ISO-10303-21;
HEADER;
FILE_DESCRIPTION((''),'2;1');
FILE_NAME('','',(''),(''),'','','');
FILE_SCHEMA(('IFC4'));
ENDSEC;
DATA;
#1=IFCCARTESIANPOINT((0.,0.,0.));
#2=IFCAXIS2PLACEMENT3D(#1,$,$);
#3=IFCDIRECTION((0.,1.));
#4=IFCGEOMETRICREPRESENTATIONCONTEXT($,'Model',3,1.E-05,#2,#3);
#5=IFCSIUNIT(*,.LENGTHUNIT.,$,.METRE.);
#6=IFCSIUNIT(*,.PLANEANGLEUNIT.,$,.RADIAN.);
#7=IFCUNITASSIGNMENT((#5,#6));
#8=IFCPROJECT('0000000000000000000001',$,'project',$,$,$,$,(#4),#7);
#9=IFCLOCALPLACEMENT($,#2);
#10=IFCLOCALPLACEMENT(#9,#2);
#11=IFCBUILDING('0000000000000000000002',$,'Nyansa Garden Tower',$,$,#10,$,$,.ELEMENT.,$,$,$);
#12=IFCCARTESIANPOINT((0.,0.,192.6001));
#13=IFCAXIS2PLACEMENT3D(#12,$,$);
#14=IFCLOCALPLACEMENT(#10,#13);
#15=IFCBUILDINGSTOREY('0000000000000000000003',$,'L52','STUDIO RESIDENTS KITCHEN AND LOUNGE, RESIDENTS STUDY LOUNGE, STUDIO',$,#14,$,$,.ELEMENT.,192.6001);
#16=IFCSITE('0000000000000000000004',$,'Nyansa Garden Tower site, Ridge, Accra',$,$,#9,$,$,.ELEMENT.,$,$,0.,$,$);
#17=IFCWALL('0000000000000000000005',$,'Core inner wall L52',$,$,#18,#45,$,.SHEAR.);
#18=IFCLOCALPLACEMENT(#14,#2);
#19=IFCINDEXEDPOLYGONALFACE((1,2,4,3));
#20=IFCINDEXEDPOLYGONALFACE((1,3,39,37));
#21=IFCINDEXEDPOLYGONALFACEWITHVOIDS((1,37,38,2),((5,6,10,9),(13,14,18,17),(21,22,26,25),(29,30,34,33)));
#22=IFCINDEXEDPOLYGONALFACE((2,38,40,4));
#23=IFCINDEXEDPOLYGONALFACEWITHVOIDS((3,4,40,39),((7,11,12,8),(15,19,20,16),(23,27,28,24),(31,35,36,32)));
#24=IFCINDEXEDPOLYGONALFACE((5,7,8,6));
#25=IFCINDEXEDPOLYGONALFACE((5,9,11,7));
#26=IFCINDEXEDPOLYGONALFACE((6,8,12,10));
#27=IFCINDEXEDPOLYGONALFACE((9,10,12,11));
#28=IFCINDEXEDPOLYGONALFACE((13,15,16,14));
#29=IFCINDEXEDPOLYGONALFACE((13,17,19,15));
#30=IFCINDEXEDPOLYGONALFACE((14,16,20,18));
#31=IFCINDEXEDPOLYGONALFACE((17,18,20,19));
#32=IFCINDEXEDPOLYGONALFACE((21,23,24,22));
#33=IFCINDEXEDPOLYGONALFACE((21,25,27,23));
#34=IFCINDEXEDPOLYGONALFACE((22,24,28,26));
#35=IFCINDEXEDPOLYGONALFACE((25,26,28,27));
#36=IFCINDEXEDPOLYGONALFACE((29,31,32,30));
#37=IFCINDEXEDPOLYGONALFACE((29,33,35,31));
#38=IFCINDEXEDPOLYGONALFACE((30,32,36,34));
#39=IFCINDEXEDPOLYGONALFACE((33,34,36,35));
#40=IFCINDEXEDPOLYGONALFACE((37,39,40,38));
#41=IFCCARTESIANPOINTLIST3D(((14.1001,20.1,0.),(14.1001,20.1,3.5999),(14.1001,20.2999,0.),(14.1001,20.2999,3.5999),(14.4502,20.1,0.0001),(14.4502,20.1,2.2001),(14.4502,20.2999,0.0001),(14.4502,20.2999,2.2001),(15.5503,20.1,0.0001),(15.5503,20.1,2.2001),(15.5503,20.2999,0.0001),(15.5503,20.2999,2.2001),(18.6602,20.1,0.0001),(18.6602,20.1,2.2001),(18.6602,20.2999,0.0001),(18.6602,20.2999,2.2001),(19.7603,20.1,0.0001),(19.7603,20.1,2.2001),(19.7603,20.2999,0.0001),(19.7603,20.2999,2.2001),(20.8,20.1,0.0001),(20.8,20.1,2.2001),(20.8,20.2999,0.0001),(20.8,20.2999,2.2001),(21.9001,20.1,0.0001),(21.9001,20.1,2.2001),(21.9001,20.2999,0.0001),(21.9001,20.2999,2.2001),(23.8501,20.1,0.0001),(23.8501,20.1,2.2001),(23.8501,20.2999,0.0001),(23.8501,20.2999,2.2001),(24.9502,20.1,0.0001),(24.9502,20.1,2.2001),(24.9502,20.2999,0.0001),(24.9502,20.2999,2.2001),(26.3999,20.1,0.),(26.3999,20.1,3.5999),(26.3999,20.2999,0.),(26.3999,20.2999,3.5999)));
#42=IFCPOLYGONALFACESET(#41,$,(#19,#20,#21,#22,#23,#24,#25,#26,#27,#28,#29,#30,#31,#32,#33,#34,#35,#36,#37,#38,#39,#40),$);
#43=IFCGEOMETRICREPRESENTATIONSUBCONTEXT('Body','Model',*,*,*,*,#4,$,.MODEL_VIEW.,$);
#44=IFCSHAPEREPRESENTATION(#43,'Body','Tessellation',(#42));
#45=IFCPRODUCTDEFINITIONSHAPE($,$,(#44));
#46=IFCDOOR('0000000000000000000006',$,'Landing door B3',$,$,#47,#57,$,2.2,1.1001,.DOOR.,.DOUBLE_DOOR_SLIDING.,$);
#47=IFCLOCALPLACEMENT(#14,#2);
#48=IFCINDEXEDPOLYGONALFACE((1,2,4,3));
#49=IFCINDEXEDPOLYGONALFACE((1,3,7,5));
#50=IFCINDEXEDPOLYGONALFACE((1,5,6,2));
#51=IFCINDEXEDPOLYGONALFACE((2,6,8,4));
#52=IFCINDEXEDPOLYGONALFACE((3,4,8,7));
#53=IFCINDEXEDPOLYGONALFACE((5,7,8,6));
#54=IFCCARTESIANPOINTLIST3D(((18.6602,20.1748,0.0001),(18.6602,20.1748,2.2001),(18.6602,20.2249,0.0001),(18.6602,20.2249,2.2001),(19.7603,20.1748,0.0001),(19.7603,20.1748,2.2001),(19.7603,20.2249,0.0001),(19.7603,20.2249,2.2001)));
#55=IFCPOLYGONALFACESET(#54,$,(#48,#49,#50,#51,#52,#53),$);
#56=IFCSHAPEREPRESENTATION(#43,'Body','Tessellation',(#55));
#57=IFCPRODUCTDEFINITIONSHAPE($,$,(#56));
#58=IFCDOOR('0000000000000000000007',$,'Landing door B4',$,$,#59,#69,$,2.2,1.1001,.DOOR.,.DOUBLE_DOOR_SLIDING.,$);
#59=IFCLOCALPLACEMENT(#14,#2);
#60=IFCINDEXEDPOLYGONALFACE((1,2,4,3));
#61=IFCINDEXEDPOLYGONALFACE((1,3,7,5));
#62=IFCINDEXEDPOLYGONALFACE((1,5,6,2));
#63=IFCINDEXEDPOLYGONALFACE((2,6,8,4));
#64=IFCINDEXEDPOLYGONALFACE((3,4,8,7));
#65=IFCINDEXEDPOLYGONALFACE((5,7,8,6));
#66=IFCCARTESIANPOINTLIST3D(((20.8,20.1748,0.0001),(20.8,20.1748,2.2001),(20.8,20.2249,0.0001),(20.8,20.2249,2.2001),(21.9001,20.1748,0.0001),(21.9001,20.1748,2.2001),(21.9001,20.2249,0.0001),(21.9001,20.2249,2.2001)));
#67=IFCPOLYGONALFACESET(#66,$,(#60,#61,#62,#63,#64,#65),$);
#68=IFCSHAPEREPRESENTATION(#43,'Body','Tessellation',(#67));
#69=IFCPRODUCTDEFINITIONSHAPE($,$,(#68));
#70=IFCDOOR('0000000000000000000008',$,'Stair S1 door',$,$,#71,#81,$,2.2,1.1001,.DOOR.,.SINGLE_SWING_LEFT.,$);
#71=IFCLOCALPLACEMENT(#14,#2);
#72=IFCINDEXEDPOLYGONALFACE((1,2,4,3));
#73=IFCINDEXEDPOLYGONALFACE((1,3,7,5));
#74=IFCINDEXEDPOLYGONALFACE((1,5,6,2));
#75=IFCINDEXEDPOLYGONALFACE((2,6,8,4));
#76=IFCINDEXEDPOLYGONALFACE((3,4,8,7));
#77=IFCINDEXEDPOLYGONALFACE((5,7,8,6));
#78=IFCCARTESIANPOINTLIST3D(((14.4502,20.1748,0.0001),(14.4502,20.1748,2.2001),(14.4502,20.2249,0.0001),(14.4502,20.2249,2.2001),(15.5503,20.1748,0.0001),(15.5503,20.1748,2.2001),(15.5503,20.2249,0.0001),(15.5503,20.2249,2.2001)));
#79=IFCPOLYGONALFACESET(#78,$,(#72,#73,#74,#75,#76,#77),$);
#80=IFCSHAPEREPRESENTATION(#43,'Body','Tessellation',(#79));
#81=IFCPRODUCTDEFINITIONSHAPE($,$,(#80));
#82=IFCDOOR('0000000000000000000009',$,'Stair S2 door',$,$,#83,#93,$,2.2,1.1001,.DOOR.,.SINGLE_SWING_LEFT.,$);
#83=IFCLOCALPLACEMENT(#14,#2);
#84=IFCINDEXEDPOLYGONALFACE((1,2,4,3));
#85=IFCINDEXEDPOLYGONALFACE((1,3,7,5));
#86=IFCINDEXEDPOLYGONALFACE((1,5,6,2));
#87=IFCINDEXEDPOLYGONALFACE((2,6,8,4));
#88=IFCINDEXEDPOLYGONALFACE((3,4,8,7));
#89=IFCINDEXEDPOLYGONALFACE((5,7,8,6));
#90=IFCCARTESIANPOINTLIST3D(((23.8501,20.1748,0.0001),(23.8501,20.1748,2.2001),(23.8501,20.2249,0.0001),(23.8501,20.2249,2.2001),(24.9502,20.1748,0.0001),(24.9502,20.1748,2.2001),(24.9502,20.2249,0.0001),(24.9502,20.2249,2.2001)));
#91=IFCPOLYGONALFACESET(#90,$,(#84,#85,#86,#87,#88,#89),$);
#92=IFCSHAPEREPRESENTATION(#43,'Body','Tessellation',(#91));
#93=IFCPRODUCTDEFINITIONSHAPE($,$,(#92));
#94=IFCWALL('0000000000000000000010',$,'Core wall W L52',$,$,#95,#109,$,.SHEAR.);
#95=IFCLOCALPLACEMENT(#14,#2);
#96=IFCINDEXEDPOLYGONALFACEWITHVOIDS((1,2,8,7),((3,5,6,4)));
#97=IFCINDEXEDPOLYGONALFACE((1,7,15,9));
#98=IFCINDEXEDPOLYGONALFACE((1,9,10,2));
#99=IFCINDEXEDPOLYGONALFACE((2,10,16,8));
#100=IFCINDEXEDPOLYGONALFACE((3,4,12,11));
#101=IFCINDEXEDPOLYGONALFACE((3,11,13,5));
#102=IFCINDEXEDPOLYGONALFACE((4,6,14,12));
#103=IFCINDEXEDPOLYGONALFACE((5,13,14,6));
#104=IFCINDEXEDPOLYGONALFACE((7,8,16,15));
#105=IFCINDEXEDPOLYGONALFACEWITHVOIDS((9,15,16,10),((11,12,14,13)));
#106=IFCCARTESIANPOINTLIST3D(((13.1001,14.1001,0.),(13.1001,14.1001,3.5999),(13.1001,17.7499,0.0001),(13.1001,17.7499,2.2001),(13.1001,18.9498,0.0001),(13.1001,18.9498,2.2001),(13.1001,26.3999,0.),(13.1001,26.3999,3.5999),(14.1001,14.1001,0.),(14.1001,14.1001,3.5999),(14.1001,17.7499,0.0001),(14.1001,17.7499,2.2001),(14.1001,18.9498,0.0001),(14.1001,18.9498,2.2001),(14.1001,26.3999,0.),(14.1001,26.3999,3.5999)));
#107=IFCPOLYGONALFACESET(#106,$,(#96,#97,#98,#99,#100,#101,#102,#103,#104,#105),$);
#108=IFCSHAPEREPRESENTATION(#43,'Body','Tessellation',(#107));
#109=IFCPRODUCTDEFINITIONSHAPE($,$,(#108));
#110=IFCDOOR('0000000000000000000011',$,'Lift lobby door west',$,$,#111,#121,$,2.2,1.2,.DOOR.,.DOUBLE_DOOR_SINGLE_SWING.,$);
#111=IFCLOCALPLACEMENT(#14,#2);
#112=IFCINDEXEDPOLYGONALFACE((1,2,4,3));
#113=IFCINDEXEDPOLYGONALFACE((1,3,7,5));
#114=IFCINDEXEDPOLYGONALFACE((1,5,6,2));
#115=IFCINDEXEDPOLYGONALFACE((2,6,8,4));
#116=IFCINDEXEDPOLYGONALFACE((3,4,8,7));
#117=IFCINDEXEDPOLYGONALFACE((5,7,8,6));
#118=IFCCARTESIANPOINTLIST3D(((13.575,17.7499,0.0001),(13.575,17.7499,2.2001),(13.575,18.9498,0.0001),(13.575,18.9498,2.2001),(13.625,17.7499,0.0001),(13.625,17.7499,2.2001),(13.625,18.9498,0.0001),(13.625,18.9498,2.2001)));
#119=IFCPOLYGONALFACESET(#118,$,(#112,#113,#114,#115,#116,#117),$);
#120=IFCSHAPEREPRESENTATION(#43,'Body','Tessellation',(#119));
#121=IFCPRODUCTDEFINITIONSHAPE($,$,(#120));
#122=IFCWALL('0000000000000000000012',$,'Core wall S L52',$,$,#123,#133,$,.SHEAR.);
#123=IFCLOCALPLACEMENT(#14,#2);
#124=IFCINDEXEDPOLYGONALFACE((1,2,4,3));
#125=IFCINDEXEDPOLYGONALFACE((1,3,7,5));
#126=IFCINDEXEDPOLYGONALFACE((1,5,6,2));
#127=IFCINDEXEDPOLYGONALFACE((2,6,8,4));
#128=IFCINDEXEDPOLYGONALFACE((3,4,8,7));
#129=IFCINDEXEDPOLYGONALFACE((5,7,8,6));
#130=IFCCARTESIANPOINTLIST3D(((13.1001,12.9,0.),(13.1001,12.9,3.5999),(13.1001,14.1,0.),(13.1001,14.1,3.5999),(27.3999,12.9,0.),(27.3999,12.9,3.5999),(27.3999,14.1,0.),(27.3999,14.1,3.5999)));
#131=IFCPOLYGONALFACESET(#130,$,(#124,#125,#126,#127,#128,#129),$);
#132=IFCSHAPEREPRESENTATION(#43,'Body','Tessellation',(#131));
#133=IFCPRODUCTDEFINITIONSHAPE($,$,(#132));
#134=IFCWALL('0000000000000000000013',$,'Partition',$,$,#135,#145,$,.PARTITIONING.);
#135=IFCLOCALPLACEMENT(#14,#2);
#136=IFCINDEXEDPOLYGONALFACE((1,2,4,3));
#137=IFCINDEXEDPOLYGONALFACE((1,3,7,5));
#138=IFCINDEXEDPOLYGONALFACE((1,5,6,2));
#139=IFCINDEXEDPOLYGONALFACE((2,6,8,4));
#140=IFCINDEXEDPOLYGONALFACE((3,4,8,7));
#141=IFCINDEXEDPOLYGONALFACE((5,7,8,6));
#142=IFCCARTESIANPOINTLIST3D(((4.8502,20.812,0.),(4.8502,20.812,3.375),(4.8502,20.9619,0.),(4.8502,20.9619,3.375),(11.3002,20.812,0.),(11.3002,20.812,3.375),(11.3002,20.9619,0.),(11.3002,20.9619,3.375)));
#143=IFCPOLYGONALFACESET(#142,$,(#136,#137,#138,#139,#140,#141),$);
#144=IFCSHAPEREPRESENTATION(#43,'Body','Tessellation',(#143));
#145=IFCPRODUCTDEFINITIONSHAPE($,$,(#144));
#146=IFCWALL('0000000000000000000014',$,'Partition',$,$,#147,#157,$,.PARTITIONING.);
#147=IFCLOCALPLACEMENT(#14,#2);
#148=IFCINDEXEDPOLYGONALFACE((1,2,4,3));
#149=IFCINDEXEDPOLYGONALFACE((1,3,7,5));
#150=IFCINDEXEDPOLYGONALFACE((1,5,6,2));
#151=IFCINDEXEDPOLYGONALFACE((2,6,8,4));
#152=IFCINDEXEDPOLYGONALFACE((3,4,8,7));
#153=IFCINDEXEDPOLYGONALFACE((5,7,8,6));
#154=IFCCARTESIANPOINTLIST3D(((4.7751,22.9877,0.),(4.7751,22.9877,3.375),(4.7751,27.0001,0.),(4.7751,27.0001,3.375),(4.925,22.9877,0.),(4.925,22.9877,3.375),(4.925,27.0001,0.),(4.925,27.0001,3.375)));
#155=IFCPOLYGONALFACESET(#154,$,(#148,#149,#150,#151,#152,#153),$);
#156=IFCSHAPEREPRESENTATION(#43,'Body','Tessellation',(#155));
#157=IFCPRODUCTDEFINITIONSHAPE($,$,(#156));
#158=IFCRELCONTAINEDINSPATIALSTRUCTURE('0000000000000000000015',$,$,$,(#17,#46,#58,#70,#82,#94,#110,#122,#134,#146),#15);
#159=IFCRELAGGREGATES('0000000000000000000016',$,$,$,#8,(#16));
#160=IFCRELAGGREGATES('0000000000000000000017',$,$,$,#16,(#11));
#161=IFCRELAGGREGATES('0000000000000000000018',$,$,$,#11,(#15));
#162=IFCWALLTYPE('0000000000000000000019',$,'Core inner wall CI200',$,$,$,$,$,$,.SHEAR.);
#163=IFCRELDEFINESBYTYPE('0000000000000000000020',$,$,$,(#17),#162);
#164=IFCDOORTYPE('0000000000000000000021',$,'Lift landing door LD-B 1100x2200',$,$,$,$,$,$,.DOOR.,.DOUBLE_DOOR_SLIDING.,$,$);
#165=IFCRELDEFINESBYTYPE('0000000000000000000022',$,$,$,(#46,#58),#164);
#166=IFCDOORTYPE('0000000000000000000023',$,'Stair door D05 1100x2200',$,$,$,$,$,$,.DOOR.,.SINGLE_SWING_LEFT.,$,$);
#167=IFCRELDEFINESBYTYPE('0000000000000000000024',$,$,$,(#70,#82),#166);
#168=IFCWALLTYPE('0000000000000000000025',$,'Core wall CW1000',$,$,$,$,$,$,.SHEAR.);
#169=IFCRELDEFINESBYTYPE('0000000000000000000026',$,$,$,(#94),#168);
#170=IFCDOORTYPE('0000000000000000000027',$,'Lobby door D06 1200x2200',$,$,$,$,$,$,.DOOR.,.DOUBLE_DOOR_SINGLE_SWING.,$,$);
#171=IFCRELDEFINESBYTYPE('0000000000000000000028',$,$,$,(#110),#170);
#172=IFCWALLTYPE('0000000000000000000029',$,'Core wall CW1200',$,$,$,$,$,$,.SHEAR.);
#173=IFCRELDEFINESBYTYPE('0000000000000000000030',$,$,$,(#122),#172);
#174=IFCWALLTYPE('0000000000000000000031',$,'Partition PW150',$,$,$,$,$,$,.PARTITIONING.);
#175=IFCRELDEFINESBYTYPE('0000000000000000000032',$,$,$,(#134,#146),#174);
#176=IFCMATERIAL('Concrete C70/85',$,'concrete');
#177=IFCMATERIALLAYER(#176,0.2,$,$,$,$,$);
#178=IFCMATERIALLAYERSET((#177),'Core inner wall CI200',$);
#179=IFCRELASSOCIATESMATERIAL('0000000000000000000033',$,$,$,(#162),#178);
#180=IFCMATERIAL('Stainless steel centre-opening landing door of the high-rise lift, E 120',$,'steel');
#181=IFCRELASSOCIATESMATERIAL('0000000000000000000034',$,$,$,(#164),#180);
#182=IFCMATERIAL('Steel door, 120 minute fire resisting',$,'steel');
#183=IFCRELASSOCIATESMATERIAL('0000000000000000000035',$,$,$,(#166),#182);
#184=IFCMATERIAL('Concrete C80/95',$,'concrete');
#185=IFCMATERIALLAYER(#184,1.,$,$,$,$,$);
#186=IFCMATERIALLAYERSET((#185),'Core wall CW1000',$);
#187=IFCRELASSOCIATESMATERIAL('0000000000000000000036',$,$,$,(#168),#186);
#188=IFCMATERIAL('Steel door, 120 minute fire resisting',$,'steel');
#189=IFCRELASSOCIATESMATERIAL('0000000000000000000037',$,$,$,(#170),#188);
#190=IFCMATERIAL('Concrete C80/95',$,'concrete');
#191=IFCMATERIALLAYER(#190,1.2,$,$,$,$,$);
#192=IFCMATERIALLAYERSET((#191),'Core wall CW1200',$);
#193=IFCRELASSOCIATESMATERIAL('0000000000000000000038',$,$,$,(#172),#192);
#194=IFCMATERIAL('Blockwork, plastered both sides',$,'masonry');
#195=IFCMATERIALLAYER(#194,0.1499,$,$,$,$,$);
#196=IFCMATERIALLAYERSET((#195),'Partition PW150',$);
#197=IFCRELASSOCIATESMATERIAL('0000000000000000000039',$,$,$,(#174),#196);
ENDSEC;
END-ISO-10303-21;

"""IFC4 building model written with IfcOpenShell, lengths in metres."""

from ifc_helpers import new_model, si_unit, direction, frame, frame_2d, origin, place, context, subcontext, project, spatial, rectangle, extrude, material, layer, layer_set, type_object, element, fill, save


model = new_model("IFC4")

# Units and contexts
model_context = context("Model", 3, precision=1e-05, world=origin(), true_north=direction((0.0, 1.0)))
body_context = subcontext(model_context, "Body", "Model", "MODEL_VIEW")
ifc_project = project(units=[si_unit("LENGTHUNIT", "METRE"), si_unit("PLANEANGLEUNIT", "RADIAN")], contexts=[model_context])

# Site, building, storey
site_placement = place(None, origin())
site = spatial("IfcSite", under=ifc_project, at=site_placement, Name="Nyansa Garden Tower site, Ridge, Accra", CompositionType="ELEMENT", RefElevation=0.0)
building_placement = place(site_placement, origin())
building = spatial("IfcBuilding", under=site, at=building_placement, Name="Nyansa Garden Tower", CompositionType="ELEMENT")
storey_placement = place(building_placement, frame((0.0, 0.0, 192.6001)))
storey = spatial("IfcBuildingStorey", under=building, at=storey_placement, Name="L52", Description="STUDIO RESIDENTS KITCHEN AND LOUNGE, RESIDENTS STUDY LOUNGE, STUDIO", CompositionType="ELEMENT", Elevation=192.6001)

# Wall, openings, doors
ifc_material_1 = material(Name="Concrete C70/85", Category="concrete")
ifc_layer_1 = layer(ifc_material_1, 0.2)
ifc_layer_set_1 = layer_set([ifc_layer_1], Name="Core inner wall CI200")
wall_type_1 = type_object("IfcWallType", Name="Core inner wall CI200", PredefinedType="SHEAR", material=ifc_layer_set_1)
ifc_material_2 = material(Name="Stainless steel centre-opening landing door of the high-rise lift, E 120", Category="steel")
door_type_1 = type_object("IfcDoorType", Name="Lift landing door LD-B 1100x2200", OperationType="DOUBLE_DOOR_SLIDING", PredefinedType="DOOR", material=ifc_material_2)
wall_1_placement = place(storey_placement, frame((14.1001, 20.2, 0.0), z_axis=(0.0, 0.0, 1.0), x_axis=(1.0, 0.0, 0.0)))
wall_1 = element("IfcWall", 1, at=wall_1_placement, inside=storey, type_object=wall_type_1, Name="Core inner wall L52", PredefinedType="SHEAR", context=body_context, shape_type="SweptSolid", body=[
    extrude(rectangle(XDim=12.2998, YDim=0.2, at=frame_2d((6.1499, 0.0))), origin(), (0.0, 0.0, 1.0), 3.5999),
])
opening_1_placement = place(wall_1_placement, frame((4.5601, 0.0, 0.0)))
opening_1 = element("IfcOpeningElement", 2, at=opening_1_placement, cuts=wall_1, PredefinedType="OPENING", context=body_context, shape_type="SweptSolid", body=[
    extrude(rectangle(XDim=1.1001, YDim=2.2, at=frame_2d((0.55, 1.1001))), frame((0.0, 0.1099, 0.0), z_axis=(0.0, -1.0, 0.0), x_axis=(1.0, 0.0, 0.0)), (0.0, 0.0, 1.0), 0.22),
])
opening_2_placement = place(wall_1_placement, frame((6.7, 0.0, 0.0)))
opening_2 = element("IfcOpeningElement", 3, at=opening_2_placement, cuts=wall_1, PredefinedType="OPENING", context=body_context, shape_type="SweptSolid", body=[
    extrude(rectangle(XDim=1.1001, YDim=2.2, at=frame_2d((0.55, 1.1001))), frame((0.0, 0.1099, 0.0), z_axis=(0.0, -1.0, 0.0), x_axis=(1.0, 0.0, 0.0)), (0.0, 0.0, 1.0), 0.22),
])
opening_3_placement = place(wall_1_placement, frame((0.3501, 0.0, 0.0)))
opening_3 = element("IfcOpeningElement", 4, at=opening_3_placement, cuts=wall_1, PredefinedType="OPENING", context=body_context, shape_type="SweptSolid", body=[
    extrude(rectangle(XDim=1.1001, YDim=2.2, at=frame_2d((0.55, 1.1001))), frame((0.0, 0.1099, 0.0), z_axis=(0.0, -1.0, 0.0), x_axis=(1.0, 0.0, 0.0)), (0.0, 0.0, 1.0), 0.22),
])
opening_4_placement = place(wall_1_placement, frame((9.75, 0.0, 0.0)))
opening_4 = element("IfcOpeningElement", 5, at=opening_4_placement, cuts=wall_1, PredefinedType="OPENING", context=body_context, shape_type="SweptSolid", body=[
    extrude(rectangle(XDim=1.1001, YDim=2.2, at=frame_2d((0.55, 1.1001))), frame((0.0, 0.1099, 0.0), z_axis=(0.0, -1.0, 0.0), x_axis=(1.0, 0.0, 0.0)), (0.0, 0.0, 1.0), 0.22),
])
door_1_placement = place(opening_1_placement, origin())
door_1 = element("IfcDoor", 6, at=door_1_placement, inside=storey, type_object=door_type_1, Name="Landing door B3", OperationType="DOUBLE_DOOR_SLIDING", OverallHeight=2.2, OverallWidth=1.1001, PredefinedType="DOOR", context=body_context, shape_type="SweptSolid", body=[
    extrude(rectangle(XDim=1.1001, YDim=2.2, at=frame_2d((0.55, 1.1001))), frame((0.0, 0.0249, 0.0), z_axis=(0.0, -1.0, 0.0), x_axis=(1.0, 0.0, 0.0)), (0.0, 0.0, 1.0), 0.05),
])
fill(opening_1, door_1)
door_2_placement = place(opening_2_placement, origin())
door_2 = element("IfcDoor", 7, at=door_2_placement, inside=storey, type_object=door_type_1, Name="Landing door B4", OperationType="DOUBLE_DOOR_SLIDING", OverallHeight=2.2, OverallWidth=1.1001, PredefinedType="DOOR", context=body_context, shape_type="SweptSolid", body=[
    extrude(rectangle(XDim=1.1001, YDim=2.2, at=frame_2d((0.55, 1.1001))), frame((0.0, 0.0249, 0.0), z_axis=(0.0, -1.0, 0.0), x_axis=(1.0, 0.0, 0.0)), (0.0, 0.0, 1.0), 0.05),
])
fill(opening_2, door_2)
ifc_material_3 = material(Name="Steel door, 120 minute fire resisting", Category="steel")
door_type_2 = type_object("IfcDoorType", Name="Stair door D05 1100x2200", OperationType="SINGLE_SWING_LEFT", PredefinedType="DOOR", material=ifc_material_3)
door_3_placement = place(opening_3_placement, origin())
door_3 = element("IfcDoor", 8, at=door_3_placement, inside=storey, type_object=door_type_2, Name="Stair S1 door", OperationType="SINGLE_SWING_LEFT", OverallHeight=2.2, OverallWidth=1.1001, PredefinedType="DOOR", context=body_context, shape_type="SweptSolid", body=[
    extrude(rectangle(XDim=1.1001, YDim=2.2, at=frame_2d((0.55, 1.1001))), frame((0.0, 0.0249, 0.0), z_axis=(0.0, -1.0, 0.0), x_axis=(1.0, 0.0, 0.0)), (0.0, 0.0, 1.0), 0.05),
])
fill(opening_3, door_3)
door_4_placement = place(opening_4_placement, origin())
door_4 = element("IfcDoor", 9, at=door_4_placement, inside=storey, type_object=door_type_2, Name="Stair S2 door", OperationType="SINGLE_SWING_LEFT", OverallHeight=2.2, OverallWidth=1.1001, PredefinedType="DOOR", context=body_context, shape_type="SweptSolid", body=[
    extrude(rectangle(XDim=1.1001, YDim=2.2, at=frame_2d((0.55, 1.1001))), frame((0.0, 0.0249, 0.0), z_axis=(0.0, -1.0, 0.0), x_axis=(1.0, 0.0, 0.0)), (0.0, 0.0, 1.0), 0.05),
])
fill(opening_4, door_4)

# Wall, opening, door
ifc_material_4 = material(Name="Concrete C80/95", Category="concrete")
ifc_layer_2 = layer(ifc_material_4, 1.0)
ifc_layer_set_2 = layer_set([ifc_layer_2], Name="Core wall CW1000")
wall_type_2 = type_object("IfcWallType", Name="Core wall CW1000", PredefinedType="SHEAR", material=ifc_layer_set_2)
wall_2_placement = place(storey_placement, frame((13.6001, 26.3999, 0.0), z_axis=(0.0, 0.0, 1.0), x_axis=(0.0, -1.0, 0.0)))
wall_2 = element("IfcWall", 10, at=wall_2_placement, inside=storey, type_object=wall_type_2, Name="Core wall W L52", PredefinedType="SHEAR", context=body_context, shape_type="SweptSolid", body=[
    extrude(rectangle(XDim=12.2998, YDim=1.0, at=frame_2d((6.1499, 0.0))), origin(), (0.0, 0.0, 1.0), 3.5999),
])
opening_5_placement = place(wall_2_placement, frame((7.45, 0.0, 0.0)))
opening_5 = element("IfcOpeningElement", 11, at=opening_5_placement, cuts=wall_2, PredefinedType="OPENING", context=body_context, shape_type="SweptSolid", body=[
    extrude(rectangle(XDim=1.2, YDim=2.2, at=frame_2d((0.6001, 1.1001))), frame((0.0, 0.51, 0.0), z_axis=(0.0, -1.0, 0.0), x_axis=(1.0, 0.0, 0.0)), (0.0, 0.0, 1.0), 1.02),
])
ifc_material_5 = material(Name="Steel door, 120 minute fire resisting", Category="steel")
door_type_3 = type_object("IfcDoorType", Name="Lobby door D06 1200x2200", OperationType="DOUBLE_DOOR_SINGLE_SWING", PredefinedType="DOOR", material=ifc_material_5)
door_5_placement = place(opening_5_placement, origin())
door_5 = element("IfcDoor", 12, at=door_5_placement, inside=storey, type_object=door_type_3, Name="Lift lobby door west", OperationType="DOUBLE_DOOR_SINGLE_SWING", OverallHeight=2.2, OverallWidth=1.2, PredefinedType="DOOR", context=body_context, shape_type="SweptSolid", body=[
    extrude(rectangle(XDim=1.2, YDim=2.2, at=frame_2d((0.6001, 1.1001))), frame((0.0, 0.0249, 0.0), z_axis=(0.0, -1.0, 0.0), x_axis=(1.0, 0.0, 0.0)), (0.0, 0.0, 1.0), 0.05),
])
fill(opening_5, door_5)

# Walls
ifc_material_6 = material(Name="Concrete C80/95", Category="concrete")
ifc_layer_3 = layer(ifc_material_6, 1.2)
ifc_layer_set_3 = layer_set([ifc_layer_3], Name="Core wall CW1200")
wall_type_3 = type_object("IfcWallType", Name="Core wall CW1200", PredefinedType="SHEAR", material=ifc_layer_set_3)
wall_3_placement = place(storey_placement, frame((13.1001, 13.5, 0.0), z_axis=(0.0, 0.0, 1.0), x_axis=(1.0, 0.0, 0.0)))
element("IfcWall", 13, at=wall_3_placement, inside=storey, type_object=wall_type_3, Name="Core wall S L52", PredefinedType="SHEAR", context=body_context, shape_type="SweptSolid", body=[
    extrude(rectangle(XDim=14.2998, YDim=1.2, at=frame_2d((7.1499, 0.0))), origin(), (0.0, 0.0, 1.0), 3.5999),
])
ifc_material_7 = material(Name="Blockwork, plastered both sides", Category="masonry")
ifc_layer_4 = layer(ifc_material_7, 0.1499)
ifc_layer_set_4 = layer_set([ifc_layer_4], Name="Partition PW150")
wall_type_4 = type_object("IfcWallType", Name="Partition PW150", PredefinedType="PARTITIONING", material=ifc_layer_set_4)
wall_4_placement = place(storey_placement, frame((4.8501, 20.887, 0.0), z_axis=(0.0, 0.0, 1.0), x_axis=(1.0, 0.0, 0.0)))
element("IfcWall", 14, at=wall_4_placement, inside=storey, type_object=wall_type_4, Name="Partition", PredefinedType="PARTITIONING", context=body_context, shape_type="SweptSolid", body=[
    extrude(rectangle(XDim=6.45, YDim=0.1499, at=frame_2d((3.2251, 0.0))), origin(), (0.0, 0.0, 1.0), 3.375),
])
wall_5_placement = place(storey_placement, frame((4.8501, 22.9875, 0.0), z_axis=(0.0, 0.0, 1.0), x_axis=(0.0, 1.0, 0.0)))
element("IfcWall", 15, at=wall_5_placement, inside=storey, type_object=wall_type_4, Name="Partition", PredefinedType="PARTITIONING", context=body_context, shape_type="SweptSolid", body=[
    extrude(rectangle(XDim=4.0125, YDim=0.1499, at=frame_2d((2.0063, 0.0))), origin(), (0.0, 0.0, 1.0), 3.375),
])

save(model, "model.ifc")
